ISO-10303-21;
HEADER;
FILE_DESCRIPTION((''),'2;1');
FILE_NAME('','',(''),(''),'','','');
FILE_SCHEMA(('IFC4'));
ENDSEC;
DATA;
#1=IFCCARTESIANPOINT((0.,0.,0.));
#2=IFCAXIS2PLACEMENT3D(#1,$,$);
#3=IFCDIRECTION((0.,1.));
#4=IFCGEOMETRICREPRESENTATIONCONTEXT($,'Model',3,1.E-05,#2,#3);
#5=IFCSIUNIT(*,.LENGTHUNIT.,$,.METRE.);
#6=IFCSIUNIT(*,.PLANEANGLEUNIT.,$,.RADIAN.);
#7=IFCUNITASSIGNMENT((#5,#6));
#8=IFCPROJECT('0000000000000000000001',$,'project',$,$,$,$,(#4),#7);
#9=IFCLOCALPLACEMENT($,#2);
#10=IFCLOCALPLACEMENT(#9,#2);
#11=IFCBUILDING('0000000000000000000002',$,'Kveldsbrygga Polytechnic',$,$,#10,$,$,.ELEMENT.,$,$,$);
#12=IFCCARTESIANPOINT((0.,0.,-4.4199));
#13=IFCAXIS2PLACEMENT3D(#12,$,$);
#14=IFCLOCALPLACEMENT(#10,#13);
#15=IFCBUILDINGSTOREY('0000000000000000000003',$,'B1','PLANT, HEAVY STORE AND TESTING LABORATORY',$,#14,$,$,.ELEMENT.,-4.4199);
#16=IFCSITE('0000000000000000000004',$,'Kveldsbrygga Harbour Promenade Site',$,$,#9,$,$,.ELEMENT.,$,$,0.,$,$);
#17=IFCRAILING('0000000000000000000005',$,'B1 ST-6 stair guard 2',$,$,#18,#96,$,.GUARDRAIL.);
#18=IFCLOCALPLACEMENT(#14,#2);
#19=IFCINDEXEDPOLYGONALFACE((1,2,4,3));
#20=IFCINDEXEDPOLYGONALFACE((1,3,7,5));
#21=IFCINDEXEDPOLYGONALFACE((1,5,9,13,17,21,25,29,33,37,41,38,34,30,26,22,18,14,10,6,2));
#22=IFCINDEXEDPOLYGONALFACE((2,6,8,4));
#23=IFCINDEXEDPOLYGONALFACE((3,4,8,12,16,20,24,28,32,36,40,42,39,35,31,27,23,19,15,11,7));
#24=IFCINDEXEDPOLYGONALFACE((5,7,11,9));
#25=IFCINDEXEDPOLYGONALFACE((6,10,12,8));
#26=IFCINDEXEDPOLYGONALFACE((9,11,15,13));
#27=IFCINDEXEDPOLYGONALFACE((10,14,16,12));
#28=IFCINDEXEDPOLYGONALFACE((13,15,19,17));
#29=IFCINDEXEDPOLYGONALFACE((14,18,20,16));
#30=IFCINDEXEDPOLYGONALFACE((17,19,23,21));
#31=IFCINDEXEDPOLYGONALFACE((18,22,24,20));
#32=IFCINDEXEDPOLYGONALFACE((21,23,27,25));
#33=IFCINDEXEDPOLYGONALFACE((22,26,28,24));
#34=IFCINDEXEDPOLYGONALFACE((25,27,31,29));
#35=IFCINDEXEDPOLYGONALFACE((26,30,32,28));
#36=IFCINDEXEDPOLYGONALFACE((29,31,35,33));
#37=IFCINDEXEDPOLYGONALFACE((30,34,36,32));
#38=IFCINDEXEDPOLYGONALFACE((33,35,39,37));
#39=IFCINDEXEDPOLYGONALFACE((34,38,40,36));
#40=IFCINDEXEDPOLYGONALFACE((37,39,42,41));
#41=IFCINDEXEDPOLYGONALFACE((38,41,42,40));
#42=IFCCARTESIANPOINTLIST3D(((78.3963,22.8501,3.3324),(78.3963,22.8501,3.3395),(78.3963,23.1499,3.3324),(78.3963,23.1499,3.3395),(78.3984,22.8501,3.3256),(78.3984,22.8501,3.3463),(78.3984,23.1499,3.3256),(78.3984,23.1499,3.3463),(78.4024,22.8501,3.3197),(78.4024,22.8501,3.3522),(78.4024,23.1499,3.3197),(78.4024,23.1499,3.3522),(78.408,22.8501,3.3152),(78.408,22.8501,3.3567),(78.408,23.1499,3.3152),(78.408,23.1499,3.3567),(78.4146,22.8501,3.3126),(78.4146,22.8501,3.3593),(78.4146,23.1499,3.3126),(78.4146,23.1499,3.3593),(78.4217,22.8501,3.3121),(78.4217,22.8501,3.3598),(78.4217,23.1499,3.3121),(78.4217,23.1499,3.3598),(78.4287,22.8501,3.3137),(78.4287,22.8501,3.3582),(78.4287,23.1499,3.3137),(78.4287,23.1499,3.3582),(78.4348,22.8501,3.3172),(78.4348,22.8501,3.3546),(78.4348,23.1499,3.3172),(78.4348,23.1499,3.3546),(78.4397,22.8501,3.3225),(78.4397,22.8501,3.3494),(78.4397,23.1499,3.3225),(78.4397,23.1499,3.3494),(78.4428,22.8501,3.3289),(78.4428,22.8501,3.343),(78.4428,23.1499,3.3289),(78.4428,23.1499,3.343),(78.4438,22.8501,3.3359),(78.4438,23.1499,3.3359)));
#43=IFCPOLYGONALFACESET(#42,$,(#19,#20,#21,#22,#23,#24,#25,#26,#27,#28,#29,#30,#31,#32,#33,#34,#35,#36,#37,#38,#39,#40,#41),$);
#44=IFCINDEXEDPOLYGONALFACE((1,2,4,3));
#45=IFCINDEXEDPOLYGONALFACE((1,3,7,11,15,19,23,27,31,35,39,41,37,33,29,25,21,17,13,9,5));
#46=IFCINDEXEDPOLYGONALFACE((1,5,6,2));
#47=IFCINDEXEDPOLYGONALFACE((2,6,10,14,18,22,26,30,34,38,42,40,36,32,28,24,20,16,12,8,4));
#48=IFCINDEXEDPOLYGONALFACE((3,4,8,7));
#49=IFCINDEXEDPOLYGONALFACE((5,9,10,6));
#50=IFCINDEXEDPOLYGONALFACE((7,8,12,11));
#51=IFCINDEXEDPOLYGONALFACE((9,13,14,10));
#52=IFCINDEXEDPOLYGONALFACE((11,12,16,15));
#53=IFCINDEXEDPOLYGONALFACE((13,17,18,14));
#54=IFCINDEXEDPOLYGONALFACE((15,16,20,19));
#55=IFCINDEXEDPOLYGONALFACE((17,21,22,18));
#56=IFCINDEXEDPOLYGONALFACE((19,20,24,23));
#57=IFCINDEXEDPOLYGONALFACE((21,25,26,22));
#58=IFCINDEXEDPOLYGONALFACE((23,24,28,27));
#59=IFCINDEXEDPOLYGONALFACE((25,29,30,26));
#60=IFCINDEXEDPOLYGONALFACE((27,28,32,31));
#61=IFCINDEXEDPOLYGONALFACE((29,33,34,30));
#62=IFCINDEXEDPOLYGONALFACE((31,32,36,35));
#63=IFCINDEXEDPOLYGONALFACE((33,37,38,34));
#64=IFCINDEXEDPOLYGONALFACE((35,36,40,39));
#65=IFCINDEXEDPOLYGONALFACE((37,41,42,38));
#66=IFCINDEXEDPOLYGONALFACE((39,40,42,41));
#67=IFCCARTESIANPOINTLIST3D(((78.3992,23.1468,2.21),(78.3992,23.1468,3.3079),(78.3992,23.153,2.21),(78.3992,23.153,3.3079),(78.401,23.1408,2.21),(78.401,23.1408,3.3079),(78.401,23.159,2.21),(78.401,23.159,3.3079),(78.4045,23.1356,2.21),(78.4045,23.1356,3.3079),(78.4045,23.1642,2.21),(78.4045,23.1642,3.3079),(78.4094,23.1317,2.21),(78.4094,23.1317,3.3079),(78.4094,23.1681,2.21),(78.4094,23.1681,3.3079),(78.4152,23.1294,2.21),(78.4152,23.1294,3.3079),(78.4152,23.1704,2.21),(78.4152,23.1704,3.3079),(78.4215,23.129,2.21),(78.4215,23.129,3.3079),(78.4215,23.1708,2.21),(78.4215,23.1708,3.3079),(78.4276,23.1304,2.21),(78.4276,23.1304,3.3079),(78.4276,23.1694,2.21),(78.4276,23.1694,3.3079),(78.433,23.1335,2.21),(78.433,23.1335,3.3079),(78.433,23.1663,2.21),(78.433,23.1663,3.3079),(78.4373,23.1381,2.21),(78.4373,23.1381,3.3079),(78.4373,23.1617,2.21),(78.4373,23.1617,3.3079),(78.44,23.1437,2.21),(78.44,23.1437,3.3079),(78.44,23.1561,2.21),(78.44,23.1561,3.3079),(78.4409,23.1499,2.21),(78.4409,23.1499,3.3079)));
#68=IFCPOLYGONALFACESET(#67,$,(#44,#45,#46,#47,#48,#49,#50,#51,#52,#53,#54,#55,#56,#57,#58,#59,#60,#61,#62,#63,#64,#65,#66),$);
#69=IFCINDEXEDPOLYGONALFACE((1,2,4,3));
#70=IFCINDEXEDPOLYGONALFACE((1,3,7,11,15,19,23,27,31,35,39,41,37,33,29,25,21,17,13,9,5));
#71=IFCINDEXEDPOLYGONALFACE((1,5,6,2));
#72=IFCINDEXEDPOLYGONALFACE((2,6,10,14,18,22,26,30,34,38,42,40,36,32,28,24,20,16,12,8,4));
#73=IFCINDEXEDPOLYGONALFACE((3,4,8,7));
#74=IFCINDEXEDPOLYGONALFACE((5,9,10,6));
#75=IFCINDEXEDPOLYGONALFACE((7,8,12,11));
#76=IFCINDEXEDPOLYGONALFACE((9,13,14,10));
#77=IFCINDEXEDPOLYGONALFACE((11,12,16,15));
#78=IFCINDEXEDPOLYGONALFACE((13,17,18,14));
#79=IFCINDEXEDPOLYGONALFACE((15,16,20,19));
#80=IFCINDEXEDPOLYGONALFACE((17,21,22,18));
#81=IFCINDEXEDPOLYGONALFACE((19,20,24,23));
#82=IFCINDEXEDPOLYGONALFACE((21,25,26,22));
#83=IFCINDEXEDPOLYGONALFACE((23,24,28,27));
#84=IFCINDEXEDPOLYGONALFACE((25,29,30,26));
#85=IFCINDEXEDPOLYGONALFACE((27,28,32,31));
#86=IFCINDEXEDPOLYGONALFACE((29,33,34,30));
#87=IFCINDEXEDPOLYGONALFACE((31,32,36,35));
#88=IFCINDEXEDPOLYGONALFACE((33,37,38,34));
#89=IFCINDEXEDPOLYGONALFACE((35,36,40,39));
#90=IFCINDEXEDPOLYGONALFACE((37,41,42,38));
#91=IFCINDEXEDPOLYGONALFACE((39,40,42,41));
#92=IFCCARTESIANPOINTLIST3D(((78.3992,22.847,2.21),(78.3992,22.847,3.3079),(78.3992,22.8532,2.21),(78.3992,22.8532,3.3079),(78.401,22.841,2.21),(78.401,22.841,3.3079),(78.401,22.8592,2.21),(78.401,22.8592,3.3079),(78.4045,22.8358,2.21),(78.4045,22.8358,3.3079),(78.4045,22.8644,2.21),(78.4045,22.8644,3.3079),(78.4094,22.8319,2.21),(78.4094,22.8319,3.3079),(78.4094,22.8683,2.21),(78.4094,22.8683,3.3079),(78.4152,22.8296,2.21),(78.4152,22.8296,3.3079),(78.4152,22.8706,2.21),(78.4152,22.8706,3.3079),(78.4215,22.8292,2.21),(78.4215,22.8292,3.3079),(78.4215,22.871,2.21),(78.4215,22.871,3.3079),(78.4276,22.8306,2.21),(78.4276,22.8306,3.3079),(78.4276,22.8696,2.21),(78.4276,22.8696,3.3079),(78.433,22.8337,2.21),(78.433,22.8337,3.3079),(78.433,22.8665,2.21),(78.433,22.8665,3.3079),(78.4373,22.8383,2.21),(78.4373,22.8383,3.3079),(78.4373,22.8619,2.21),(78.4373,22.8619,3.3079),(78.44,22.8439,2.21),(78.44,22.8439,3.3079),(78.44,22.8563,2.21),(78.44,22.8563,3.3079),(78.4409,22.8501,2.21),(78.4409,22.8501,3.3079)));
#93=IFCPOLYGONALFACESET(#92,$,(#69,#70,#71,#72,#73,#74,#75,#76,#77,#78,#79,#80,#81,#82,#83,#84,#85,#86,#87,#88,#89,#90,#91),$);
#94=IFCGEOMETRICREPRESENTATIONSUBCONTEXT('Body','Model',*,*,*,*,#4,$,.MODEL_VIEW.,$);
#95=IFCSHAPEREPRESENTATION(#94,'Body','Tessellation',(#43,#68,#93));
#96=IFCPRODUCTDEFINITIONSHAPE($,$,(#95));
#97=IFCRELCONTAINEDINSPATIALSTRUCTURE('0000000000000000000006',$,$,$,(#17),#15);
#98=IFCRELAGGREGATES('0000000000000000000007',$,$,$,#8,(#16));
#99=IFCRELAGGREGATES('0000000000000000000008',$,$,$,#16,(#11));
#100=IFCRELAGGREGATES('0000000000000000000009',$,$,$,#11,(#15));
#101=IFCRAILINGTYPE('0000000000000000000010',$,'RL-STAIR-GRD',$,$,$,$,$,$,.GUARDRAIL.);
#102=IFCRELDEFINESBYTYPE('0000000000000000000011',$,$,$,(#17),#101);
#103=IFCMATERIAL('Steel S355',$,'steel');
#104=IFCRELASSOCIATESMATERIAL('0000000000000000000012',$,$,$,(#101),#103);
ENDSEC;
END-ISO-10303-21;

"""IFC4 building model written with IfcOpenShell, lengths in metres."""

from ifc_helpers import new_model, si_unit, direction, frame, origin, origin_2d, place, context, subcontext, project, spatial, circle, extrude, material, type_object, element, save


model = new_model("IFC4")

# Units and contexts
model_context = context("Model", 3, precision=1e-05, world=origin(), true_north=direction((0.0, 1.0)))
body_context = subcontext(model_context, "Body", "Model", "MODEL_VIEW")
ifc_project = project(units=[si_unit("LENGTHUNIT", "METRE"), si_unit("PLANEANGLEUNIT", "RADIAN")], contexts=[model_context])

# Site, building, storey
site_placement = place(None, origin())
site = spatial("IfcSite", under=ifc_project, at=site_placement, Name="Kveldsbrygga Harbour Promenade Site", CompositionType="ELEMENT", RefElevation=0.0)
building_placement = place(site_placement, origin())
building = spatial("IfcBuilding", under=site, at=building_placement, Name="Kveldsbrygga Polytechnic", CompositionType="ELEMENT")
storey_placement = place(building_placement, frame((0.0, 0.0, -4.4199)))
storey = spatial("IfcBuildingStorey", under=building, at=storey_placement, Name="B1", Description="PLANT, HEAVY STORE AND TESTING LABORATORY", CompositionType="ELEMENT", Elevation=-4.4199)

# Railing
ifc_material_1 = material(Name="Steel S355", Category="steel")
railing_type_1 = type_object("IfcRailingType", Name="RL-STAIR-GRD", PredefinedType="GUARDRAIL", material=ifc_material_1)
railing_1_placement = place(storey_placement, frame((78.4199, 23.1499, 2.21)))
element("IfcRailing", 1, at=railing_1_placement, inside=storey, type_object=railing_type_1, Name="B1 ST-6 stair guard 2", PredefinedType="GUARDRAIL", context=body_context, shape_type="SweptSolid", body=[
    extrude(circle(Radius=0.0239, at=origin_2d()), frame((0.0, 0.0, 1.126), z_axis=(0.0, -1.0, 0.0), x_axis=(1.0, 0.0, 0.0)), (0.0, 0.0, 1.0), 0.2998),
    extrude(circle(Radius=0.021, at=origin_2d()), origin(), (0.0, 0.0, 1.0), 1.0979),
    extrude(circle(Radius=0.021, at=origin_2d()), frame((0.0, -0.2998, 0.0)), (0.0, 0.0, 1.0), 1.0979),
])

save(model, "model.ifc")
